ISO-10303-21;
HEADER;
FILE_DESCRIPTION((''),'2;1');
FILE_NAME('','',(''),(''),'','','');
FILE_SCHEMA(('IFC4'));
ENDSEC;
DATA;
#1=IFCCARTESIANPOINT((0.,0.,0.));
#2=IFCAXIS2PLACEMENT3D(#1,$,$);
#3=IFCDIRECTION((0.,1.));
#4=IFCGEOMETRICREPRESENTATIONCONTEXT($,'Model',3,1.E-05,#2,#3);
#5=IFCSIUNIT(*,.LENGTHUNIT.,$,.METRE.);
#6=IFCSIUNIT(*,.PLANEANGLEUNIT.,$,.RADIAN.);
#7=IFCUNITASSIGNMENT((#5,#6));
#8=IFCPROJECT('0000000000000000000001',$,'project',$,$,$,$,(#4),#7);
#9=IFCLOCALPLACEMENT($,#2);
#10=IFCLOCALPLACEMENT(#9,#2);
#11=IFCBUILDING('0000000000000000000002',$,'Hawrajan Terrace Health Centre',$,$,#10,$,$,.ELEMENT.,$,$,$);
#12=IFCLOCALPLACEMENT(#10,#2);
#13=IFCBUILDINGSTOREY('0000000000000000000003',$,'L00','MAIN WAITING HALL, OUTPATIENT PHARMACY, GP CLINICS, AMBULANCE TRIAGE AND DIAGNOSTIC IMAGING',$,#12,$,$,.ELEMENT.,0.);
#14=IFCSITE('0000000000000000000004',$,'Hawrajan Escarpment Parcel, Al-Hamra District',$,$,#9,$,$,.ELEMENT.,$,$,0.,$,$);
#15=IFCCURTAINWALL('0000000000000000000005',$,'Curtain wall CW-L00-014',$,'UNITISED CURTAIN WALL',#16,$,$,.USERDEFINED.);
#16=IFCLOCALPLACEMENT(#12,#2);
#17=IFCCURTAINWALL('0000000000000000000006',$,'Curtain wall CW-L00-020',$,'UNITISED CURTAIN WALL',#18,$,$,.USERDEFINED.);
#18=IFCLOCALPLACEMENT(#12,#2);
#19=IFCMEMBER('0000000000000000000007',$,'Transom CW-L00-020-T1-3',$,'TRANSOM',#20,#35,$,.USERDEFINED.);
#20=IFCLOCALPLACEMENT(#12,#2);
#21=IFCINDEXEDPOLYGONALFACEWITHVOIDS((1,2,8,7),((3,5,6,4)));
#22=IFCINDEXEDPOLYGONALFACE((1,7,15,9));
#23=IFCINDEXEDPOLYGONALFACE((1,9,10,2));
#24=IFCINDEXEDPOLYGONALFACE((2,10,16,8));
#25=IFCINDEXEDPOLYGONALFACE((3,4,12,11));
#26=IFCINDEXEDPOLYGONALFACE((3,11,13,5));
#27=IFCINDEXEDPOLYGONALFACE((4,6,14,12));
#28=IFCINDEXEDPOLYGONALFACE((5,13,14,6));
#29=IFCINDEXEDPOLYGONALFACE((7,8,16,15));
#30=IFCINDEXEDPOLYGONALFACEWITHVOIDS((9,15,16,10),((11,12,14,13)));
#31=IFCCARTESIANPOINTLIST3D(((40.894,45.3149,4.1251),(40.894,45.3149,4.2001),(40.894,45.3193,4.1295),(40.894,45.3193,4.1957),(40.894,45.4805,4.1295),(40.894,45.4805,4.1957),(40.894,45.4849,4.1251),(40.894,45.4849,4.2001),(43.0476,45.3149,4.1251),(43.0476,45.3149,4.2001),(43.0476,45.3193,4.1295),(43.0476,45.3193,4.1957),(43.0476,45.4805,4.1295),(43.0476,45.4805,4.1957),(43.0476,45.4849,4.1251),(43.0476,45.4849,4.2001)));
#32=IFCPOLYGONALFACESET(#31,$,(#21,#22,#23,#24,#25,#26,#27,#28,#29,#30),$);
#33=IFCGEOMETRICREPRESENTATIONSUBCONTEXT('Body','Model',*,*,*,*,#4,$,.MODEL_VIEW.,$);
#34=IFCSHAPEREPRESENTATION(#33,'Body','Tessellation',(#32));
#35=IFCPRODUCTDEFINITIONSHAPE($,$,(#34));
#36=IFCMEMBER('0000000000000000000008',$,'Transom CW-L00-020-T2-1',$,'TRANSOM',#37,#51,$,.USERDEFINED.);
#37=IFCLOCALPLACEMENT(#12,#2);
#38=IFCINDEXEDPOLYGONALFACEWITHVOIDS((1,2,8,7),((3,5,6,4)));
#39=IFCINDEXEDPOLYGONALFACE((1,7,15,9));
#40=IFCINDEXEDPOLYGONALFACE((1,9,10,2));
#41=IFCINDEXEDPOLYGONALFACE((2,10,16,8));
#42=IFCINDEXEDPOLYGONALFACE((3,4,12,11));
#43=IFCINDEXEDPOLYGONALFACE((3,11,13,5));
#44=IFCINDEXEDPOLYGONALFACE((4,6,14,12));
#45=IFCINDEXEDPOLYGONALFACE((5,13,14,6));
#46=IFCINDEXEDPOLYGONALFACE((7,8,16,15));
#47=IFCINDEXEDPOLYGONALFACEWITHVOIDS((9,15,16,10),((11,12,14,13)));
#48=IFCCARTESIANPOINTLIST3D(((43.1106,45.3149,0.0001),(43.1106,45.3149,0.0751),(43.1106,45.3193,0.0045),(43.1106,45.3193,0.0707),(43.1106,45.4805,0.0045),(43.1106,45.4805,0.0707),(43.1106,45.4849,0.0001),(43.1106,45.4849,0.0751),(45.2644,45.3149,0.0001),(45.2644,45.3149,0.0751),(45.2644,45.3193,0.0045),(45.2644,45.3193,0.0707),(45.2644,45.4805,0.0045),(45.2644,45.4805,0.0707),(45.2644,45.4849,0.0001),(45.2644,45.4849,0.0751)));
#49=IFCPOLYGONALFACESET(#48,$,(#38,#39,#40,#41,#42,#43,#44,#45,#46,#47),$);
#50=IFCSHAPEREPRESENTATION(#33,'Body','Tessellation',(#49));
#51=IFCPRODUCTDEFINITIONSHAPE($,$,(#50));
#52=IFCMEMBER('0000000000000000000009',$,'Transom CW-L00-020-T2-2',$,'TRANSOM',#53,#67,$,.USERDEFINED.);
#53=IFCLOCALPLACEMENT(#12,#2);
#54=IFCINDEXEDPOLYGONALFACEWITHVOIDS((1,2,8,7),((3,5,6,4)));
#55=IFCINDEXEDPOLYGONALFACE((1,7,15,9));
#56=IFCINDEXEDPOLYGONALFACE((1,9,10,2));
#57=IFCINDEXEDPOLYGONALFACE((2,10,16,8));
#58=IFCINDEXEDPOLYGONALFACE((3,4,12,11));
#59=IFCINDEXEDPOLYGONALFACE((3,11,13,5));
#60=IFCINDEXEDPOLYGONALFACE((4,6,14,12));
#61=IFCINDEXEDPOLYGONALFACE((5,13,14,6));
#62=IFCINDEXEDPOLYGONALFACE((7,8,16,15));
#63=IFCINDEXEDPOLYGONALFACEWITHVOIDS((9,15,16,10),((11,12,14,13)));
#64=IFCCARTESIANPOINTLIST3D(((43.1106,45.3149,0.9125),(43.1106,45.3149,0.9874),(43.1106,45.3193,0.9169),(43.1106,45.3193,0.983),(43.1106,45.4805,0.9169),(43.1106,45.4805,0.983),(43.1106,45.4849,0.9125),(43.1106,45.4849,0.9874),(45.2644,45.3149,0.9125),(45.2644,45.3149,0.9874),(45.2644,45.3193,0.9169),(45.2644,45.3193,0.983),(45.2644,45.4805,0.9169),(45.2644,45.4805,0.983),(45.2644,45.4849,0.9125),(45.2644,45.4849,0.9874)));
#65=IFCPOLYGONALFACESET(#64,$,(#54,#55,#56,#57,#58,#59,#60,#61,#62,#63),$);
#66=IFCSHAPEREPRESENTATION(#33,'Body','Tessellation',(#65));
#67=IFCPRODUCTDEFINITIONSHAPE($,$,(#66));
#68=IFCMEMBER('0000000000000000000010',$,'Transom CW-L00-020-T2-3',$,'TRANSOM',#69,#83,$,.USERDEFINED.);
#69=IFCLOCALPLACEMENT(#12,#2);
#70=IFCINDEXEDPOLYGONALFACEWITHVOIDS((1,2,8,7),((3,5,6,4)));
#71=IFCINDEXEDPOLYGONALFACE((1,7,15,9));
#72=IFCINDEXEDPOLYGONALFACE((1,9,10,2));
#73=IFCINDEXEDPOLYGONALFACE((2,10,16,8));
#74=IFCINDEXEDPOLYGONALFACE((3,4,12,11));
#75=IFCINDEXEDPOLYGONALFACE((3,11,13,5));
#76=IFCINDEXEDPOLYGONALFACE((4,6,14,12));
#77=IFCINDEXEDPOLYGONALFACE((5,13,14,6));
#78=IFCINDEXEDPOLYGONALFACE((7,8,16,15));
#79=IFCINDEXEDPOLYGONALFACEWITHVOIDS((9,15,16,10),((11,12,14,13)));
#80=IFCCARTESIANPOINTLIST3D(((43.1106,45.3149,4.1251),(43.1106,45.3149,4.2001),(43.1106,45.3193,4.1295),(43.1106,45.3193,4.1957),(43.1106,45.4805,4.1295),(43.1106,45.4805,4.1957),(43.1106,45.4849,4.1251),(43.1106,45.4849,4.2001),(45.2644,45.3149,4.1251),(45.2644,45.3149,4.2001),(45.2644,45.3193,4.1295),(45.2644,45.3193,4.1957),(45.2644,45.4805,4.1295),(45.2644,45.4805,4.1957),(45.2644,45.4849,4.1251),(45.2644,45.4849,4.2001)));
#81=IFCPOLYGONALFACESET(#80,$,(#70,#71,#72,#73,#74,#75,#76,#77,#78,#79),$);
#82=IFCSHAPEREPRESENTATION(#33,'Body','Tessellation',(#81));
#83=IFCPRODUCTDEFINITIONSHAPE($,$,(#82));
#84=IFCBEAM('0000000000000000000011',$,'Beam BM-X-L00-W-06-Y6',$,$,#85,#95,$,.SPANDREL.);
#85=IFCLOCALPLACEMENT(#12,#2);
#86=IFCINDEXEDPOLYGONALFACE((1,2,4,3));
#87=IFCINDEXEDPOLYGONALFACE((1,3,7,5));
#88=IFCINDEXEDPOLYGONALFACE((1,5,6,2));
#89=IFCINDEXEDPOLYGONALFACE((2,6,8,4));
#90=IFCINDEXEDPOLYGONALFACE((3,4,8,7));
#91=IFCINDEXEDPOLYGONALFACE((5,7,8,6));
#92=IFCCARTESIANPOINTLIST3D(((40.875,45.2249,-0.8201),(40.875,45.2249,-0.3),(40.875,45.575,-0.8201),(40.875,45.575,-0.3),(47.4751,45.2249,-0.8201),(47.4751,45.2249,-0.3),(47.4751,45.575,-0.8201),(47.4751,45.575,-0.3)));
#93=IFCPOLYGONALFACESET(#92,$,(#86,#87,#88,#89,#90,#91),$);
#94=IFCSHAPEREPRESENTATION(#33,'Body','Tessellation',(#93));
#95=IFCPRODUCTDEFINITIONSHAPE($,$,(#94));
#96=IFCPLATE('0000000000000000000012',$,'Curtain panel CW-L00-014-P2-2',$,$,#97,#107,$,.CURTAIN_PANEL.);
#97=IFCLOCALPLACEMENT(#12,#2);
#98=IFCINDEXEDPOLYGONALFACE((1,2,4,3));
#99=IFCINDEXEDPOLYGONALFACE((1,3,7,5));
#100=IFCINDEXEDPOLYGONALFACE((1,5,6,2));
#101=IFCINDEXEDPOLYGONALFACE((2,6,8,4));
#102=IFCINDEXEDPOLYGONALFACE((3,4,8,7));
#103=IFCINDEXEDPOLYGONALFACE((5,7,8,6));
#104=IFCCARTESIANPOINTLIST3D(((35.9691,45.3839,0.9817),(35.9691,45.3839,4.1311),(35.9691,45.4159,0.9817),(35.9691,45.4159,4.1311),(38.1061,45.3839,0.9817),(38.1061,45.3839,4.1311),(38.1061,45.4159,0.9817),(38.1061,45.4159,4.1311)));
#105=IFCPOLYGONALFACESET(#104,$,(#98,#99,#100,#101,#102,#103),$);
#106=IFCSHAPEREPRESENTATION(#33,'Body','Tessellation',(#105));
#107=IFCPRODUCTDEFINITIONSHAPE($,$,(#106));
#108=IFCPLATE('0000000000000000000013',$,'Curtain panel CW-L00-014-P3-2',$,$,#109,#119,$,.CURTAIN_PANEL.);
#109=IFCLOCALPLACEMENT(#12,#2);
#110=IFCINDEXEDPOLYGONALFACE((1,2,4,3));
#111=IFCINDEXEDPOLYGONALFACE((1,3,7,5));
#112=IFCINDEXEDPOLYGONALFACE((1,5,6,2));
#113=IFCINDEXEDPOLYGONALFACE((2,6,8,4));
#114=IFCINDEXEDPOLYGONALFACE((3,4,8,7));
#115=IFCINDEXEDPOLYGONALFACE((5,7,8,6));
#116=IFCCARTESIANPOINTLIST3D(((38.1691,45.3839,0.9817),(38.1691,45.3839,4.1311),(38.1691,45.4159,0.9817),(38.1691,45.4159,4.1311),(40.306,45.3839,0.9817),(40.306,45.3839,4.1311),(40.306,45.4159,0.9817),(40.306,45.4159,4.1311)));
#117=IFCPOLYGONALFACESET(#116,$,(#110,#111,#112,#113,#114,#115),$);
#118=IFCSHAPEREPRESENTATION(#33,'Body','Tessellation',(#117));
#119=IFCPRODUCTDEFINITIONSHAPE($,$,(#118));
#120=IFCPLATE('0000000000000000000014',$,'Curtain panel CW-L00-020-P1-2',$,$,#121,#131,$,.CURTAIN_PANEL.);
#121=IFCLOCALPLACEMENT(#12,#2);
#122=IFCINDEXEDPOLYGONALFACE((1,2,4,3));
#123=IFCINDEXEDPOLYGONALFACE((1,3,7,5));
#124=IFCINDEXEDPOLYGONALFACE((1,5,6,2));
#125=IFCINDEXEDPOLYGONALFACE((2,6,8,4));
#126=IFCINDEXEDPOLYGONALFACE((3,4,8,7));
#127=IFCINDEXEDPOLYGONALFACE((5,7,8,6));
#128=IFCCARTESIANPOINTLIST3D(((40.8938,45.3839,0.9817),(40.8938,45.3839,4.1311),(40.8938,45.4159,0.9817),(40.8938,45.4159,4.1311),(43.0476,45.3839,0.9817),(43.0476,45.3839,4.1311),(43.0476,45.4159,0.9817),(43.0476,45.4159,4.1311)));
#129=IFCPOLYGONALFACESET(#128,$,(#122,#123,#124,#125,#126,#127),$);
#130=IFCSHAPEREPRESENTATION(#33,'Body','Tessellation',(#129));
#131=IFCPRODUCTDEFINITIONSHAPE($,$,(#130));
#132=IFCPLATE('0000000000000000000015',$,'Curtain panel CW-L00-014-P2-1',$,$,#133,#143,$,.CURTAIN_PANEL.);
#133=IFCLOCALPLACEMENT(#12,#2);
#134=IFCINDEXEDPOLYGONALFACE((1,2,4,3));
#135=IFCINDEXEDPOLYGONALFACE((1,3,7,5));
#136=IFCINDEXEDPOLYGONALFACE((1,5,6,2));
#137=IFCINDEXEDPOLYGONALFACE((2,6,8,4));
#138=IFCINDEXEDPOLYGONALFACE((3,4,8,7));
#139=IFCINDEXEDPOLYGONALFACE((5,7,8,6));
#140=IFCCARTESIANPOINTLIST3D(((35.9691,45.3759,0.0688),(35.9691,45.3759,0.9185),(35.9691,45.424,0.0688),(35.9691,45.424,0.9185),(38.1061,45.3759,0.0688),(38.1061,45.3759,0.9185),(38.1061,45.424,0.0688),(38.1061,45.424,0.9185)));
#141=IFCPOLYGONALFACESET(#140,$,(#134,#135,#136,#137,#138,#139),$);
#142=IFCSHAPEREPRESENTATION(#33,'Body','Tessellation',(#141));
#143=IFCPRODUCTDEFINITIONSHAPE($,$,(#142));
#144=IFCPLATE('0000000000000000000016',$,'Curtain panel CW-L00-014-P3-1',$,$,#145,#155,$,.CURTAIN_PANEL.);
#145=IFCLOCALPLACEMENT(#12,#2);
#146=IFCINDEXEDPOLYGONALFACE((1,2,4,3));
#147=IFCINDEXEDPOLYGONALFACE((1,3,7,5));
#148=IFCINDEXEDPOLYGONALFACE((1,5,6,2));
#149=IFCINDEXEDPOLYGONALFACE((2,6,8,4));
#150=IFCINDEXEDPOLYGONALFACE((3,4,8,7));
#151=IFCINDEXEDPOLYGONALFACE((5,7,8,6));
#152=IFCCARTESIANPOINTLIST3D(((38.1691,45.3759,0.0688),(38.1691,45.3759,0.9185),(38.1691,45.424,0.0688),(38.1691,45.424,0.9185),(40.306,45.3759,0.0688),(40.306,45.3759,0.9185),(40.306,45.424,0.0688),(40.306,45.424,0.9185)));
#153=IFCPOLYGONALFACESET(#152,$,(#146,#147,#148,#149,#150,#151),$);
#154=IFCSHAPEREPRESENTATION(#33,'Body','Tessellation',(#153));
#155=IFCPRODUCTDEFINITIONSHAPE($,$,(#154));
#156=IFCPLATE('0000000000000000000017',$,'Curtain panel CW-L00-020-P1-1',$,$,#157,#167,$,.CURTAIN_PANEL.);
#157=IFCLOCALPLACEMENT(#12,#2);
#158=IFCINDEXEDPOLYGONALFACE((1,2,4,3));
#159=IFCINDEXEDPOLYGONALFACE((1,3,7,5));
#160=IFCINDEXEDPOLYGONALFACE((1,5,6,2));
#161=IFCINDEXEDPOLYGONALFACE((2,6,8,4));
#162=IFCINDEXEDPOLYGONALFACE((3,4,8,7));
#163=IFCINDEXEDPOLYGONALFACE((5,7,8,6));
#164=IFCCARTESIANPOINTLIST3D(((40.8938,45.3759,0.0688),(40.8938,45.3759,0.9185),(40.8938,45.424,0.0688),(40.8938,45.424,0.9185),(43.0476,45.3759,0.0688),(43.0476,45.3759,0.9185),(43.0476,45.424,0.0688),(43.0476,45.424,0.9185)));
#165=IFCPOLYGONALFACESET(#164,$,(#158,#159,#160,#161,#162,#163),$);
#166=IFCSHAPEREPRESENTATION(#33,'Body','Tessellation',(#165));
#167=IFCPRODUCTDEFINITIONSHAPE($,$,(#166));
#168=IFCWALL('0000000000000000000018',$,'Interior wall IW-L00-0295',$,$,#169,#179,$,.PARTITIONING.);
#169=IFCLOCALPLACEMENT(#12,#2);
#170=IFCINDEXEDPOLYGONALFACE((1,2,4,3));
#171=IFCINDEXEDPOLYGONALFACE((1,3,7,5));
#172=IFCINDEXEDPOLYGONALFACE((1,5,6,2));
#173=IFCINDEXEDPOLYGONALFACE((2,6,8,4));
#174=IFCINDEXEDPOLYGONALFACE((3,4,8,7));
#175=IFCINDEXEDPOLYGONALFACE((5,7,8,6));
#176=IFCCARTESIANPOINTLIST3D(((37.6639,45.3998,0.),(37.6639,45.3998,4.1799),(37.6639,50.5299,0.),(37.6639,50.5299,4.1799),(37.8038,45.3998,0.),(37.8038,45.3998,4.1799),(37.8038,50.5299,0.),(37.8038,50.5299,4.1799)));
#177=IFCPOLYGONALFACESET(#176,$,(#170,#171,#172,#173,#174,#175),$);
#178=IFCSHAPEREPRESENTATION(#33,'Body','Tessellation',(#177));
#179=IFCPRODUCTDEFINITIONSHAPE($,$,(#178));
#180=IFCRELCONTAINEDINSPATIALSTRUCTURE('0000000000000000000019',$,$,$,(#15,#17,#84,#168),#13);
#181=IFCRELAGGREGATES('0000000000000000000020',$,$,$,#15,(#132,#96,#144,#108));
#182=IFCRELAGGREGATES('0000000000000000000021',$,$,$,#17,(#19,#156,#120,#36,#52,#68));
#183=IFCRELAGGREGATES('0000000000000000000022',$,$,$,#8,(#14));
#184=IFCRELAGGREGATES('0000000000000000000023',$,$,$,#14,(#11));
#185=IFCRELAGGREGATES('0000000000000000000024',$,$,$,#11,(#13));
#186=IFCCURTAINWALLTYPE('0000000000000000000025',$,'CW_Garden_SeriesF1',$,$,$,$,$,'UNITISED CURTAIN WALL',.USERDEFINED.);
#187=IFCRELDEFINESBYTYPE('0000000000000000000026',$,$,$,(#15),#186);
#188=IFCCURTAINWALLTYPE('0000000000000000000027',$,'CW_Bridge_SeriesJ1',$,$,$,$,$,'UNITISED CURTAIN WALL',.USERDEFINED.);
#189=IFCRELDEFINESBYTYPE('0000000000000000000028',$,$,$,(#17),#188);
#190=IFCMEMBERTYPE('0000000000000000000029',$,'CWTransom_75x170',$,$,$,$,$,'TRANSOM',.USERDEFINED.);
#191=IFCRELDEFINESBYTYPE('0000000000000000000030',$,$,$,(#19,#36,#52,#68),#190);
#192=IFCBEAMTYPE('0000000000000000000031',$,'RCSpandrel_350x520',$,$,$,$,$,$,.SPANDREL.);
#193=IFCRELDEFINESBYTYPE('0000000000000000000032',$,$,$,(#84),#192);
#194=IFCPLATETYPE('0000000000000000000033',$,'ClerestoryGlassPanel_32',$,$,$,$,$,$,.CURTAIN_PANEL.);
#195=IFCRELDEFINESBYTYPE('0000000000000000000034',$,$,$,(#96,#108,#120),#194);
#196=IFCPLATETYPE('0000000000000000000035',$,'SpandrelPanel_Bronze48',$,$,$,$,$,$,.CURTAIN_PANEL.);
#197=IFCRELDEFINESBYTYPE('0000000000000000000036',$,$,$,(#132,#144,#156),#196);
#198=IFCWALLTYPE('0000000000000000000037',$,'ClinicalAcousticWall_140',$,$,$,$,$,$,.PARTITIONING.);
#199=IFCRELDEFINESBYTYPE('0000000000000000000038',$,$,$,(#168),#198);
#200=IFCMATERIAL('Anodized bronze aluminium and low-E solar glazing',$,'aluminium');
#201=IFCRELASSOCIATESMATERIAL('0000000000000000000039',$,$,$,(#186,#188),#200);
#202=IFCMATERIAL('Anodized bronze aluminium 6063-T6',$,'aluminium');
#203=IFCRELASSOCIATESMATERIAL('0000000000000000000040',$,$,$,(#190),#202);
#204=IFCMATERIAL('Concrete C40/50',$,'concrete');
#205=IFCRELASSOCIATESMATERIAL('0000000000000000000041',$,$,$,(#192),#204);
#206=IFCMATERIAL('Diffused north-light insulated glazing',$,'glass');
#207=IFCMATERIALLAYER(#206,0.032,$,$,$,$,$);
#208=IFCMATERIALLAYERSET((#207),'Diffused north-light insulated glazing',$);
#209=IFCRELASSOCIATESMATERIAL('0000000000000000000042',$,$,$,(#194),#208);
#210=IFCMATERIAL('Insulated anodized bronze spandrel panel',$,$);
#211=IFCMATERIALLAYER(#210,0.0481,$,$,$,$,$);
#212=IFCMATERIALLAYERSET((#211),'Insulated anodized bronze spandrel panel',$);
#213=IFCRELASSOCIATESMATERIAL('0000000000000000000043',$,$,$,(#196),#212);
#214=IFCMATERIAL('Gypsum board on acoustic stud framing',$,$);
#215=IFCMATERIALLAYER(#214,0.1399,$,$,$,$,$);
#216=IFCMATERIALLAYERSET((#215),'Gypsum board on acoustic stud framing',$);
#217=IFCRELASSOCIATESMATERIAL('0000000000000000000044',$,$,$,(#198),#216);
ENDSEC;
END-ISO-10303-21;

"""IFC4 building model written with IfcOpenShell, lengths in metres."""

from ifc_helpers import new_model, si_unit, direction, frame, frame_2d, origin, origin_2d, place, context, subcontext, project, spatial, rectangle, hollow_rectangle, extrude, material, layer, layer_set, material_profile, profile_set, type_object, element, aggregate, save


model = new_model("IFC4")

# Units and contexts
model_context = context("Model", 3, precision=1e-05, world=origin(), true_north=direction((0.0, 1.0)))
body_context = subcontext(model_context, "Body", "Model", "MODEL_VIEW")
ifc_project = project(units=[si_unit("LENGTHUNIT", "METRE"), si_unit("PLANEANGLEUNIT", "RADIAN")], contexts=[model_context])

# Site, building, storey
site_placement = place(None, origin())
site = spatial("IfcSite", under=ifc_project, at=site_placement, Name="Hawrajan Escarpment Parcel, Al-Hamra District", CompositionType="ELEMENT", RefElevation=0.0)
building_placement = place(site_placement, origin())
building = spatial("IfcBuilding", under=site, at=building_placement, Name="Hawrajan Terrace Health Centre", CompositionType="ELEMENT")
storey_placement = place(building_placement, origin())
storey = spatial("IfcBuildingStorey", under=building, at=storey_placement, Name="L00", Description="MAIN WAITING HALL, OUTPATIENT PHARMACY, GP CLINICS, AMBULANCE TRIAGE AND DIAGNOSTIC IMAGING", CompositionType="ELEMENT", Elevation=0.0)

# Shared definitions
ifc_material_1 = material(Name="Concrete C40/50", Category="concrete")

# Curtain walls
ifc_material_2 = material(Name="Anodized bronze aluminium and low-E solar glazing", Category="aluminium")
curtain_wall_type_1 = type_object("IfcCurtainWallType", Name="CW_Garden_SeriesF1", ElementType="UNITISED CURTAIN WALL", PredefinedType="USERDEFINED", material=ifc_material_2)
curtain_wall_1_placement = place(storey_placement, origin())
curtain_wall_1 = element("IfcCurtainWall", 1, at=curtain_wall_1_placement, inside=storey, type_object=curtain_wall_type_1, Name="Curtain wall CW-L00-014", ObjectType="UNITISED CURTAIN WALL", PredefinedType="USERDEFINED")
ifc_material_3 = material(Name="Anodized bronze aluminium 6063-T6", Category="aluminium")
curtain_wall_type_2 = type_object("IfcCurtainWallType", Name="CW_Bridge_SeriesJ1", ElementType="UNITISED CURTAIN WALL", PredefinedType="USERDEFINED", material=ifc_material_2)
curtain_wall_2_placement = place(storey_placement, origin())
curtain_wall_2 = element("IfcCurtainWall", 2, at=curtain_wall_2_placement, inside=storey, type_object=curtain_wall_type_2, Name="Curtain wall CW-L00-020", ObjectType="UNITISED CURTAIN WALL", PredefinedType="USERDEFINED")

# Members
ifc_material_profile_1 = material_profile(ifc_material_3, hollow_rectangle(XDim=0.075, YDim=0.1699, WallThickness=0.0044, at=origin_2d()), Name="CW TRN 75x170")
ifc_profile_set_1 = profile_set([ifc_material_profile_1], Name="Anodized bronze aluminium 6063-T6")
member_type_1 = type_object("IfcMemberType", Name="CWTransom_75x170", ElementType="TRANSOM", PredefinedType="USERDEFINED", material=ifc_profile_set_1)
member_1_placement = place(storey_placement, frame((40.894, 45.3999, 4.1626), z_axis=(1.0, 0.0, 0.0), x_axis=(0.0, 0.0, 1.0)))
member_1 = element("IfcMember", 3, at=member_1_placement, type_object=member_type_1, Name="Transom CW-L00-020-T1-3", ObjectType="TRANSOM", PredefinedType="USERDEFINED", context=body_context, shape_type="SweptSolid", body=[
    extrude(hollow_rectangle(XDim=0.075, YDim=0.1699, WallThickness=0.0044, at=origin_2d()), origin(), (0.0, 0.0, 1.0), 2.1536),
])
member_2_placement = place(storey_placement, frame((43.1106, 45.3999, 0.0376), z_axis=(1.0, 0.0, 0.0), x_axis=(0.0, 0.0, 1.0)))
member_2 = element("IfcMember", 4, at=member_2_placement, type_object=member_type_1, Name="Transom CW-L00-020-T2-1", ObjectType="TRANSOM", PredefinedType="USERDEFINED", context=body_context, shape_type="SweptSolid", body=[
    extrude(hollow_rectangle(XDim=0.075, YDim=0.1699, WallThickness=0.0044, at=origin_2d()), origin(), (0.0, 0.0, 1.0), 2.1538),
])
member_3_placement = place(storey_placement, frame((43.1106, 45.3999, 0.95), z_axis=(1.0, 0.0, 0.0), x_axis=(0.0, 0.0, 1.0)))
member_3 = element("IfcMember", 5, at=member_3_placement, type_object=member_type_1, Name="Transom CW-L00-020-T2-2", ObjectType="TRANSOM", PredefinedType="USERDEFINED", context=body_context, shape_type="SweptSolid", body=[
    extrude(hollow_rectangle(XDim=0.075, YDim=0.1699, WallThickness=0.0044, at=origin_2d()), origin(), (0.0, 0.0, 1.0), 2.1538),
])
member_4_placement = place(storey_placement, frame((43.1106, 45.3999, 4.1626), z_axis=(1.0, 0.0, 0.0), x_axis=(0.0, 0.0, 1.0)))
member_4 = element("IfcMember", 6, at=member_4_placement, type_object=member_type_1, Name="Transom CW-L00-020-T2-3", ObjectType="TRANSOM", PredefinedType="USERDEFINED", context=body_context, shape_type="SweptSolid", body=[
    extrude(hollow_rectangle(XDim=0.075, YDim=0.1699, WallThickness=0.0044, at=origin_2d()), origin(), (0.0, 0.0, 1.0), 2.1538),
])

# Beam
ifc_material_profile_2 = material_profile(ifc_material_1, rectangle(XDim=0.3501, YDim=0.52, at=origin_2d()), Name="RC SP 350x520")
ifc_profile_set_2 = profile_set([ifc_material_profile_2], Name="Concrete C40/50")
beam_type = type_object("IfcBeamType", Name="RCSpandrel_350x520", PredefinedType="SPANDREL", material=ifc_profile_set_2)
beam_placement = place(storey_placement, frame((40.875, 45.3999, -0.5601), z_axis=(1.0, 0.0, 0.0), x_axis=(0.0, 1.0, 0.0)))
element("IfcBeam", 7, at=beam_placement, inside=storey, type_object=beam_type, Name="Beam BM-X-L00-W-06-Y6", PredefinedType="SPANDREL", context=body_context, shape_type="SweptSolid", body=[
    extrude(rectangle(XDim=0.3501, YDim=0.52, at=origin_2d()), origin(), (0.0, 0.0, 1.0), 6.6001),
])

# Plates
ifc_material_4 = material(Name="Diffused north-light insulated glazing", Category="glass")
ifc_layer_1 = layer(ifc_material_4, 0.032)
ifc_layer_set_1 = layer_set([ifc_layer_1], Name="Diffused north-light insulated glazing")
plate_type_1 = type_object("IfcPlateType", Name="ClerestoryGlassPanel_32", PredefinedType="CURTAIN_PANEL", material=ifc_layer_set_1)
plate_1_placement = place(storey_placement, frame((37.0376, 45.3999, 0.9817), z_axis=(0.0, 0.0, 1.0), x_axis=(1.0, 0.0, 0.0)))
plate_1 = element("IfcPlate", 8, at=plate_1_placement, type_object=plate_type_1, Name="Curtain panel CW-L00-014-P2-2", PredefinedType="CURTAIN_PANEL", context=body_context, shape_type="SweptSolid", body=[
    extrude(rectangle(XDim=2.137, YDim=0.032, at=origin_2d()), origin(), (0.0, 0.0, 1.0), 3.1494),
])
plate_2_placement = place(storey_placement, frame((39.2375, 45.3999, 0.9817), z_axis=(0.0, 0.0, 1.0), x_axis=(1.0, 0.0, 0.0)))
plate_2 = element("IfcPlate", 9, at=plate_2_placement, type_object=plate_type_1, Name="Curtain panel CW-L00-014-P3-2", PredefinedType="CURTAIN_PANEL", context=body_context, shape_type="SweptSolid", body=[
    extrude(rectangle(XDim=2.137, YDim=0.032, at=origin_2d()), origin(), (0.0, 0.0, 1.0), 3.1494),
])
plate_3_placement = place(storey_placement, frame((41.9707, 45.3999, 0.9817), z_axis=(0.0, 0.0, 1.0), x_axis=(1.0, 0.0, 0.0)))
plate_3 = element("IfcPlate", 10, at=plate_3_placement, type_object=plate_type_1, Name="Curtain panel CW-L00-020-P1-2", PredefinedType="CURTAIN_PANEL", context=body_context, shape_type="SweptSolid", body=[
    extrude(rectangle(XDim=2.1538, YDim=0.032, at=origin_2d()), origin(), (0.0, 0.0, 1.0), 3.1494),
])
ifc_material_5 = material(Name="Insulated anodized bronze spandrel panel")
ifc_layer_2 = layer(ifc_material_5, 0.0481)
ifc_layer_set_2 = layer_set([ifc_layer_2], Name="Insulated anodized bronze spandrel panel")
plate_type_2 = type_object("IfcPlateType", Name="SpandrelPanel_Bronze48", PredefinedType="CURTAIN_PANEL", material=ifc_layer_set_2)
plate_4_placement = place(storey_placement, frame((37.0376, 45.3999, 0.0688), z_axis=(0.0, 0.0, 1.0), x_axis=(1.0, 0.0, 0.0)))
plate_4 = element("IfcPlate", 11, at=plate_4_placement, type_object=plate_type_2, Name="Curtain panel CW-L00-014-P2-1", PredefinedType="CURTAIN_PANEL", context=body_context, shape_type="SweptSolid", body=[
    extrude(rectangle(XDim=2.137, YDim=0.0481, at=origin_2d()), origin(), (0.0, 0.0, 1.0), 0.8496),
])
plate_5_placement = place(storey_placement, frame((39.2375, 45.3999, 0.0688), z_axis=(0.0, 0.0, 1.0), x_axis=(1.0, 0.0, 0.0)))
plate_5 = element("IfcPlate", 12, at=plate_5_placement, type_object=plate_type_2, Name="Curtain panel CW-L00-014-P3-1", PredefinedType="CURTAIN_PANEL", context=body_context, shape_type="SweptSolid", body=[
    extrude(rectangle(XDim=2.137, YDim=0.0481, at=origin_2d()), origin(), (0.0, 0.0, 1.0), 0.8496),
])
aggregate(curtain_wall_1, [plate_4, plate_1, plate_5, plate_2])
plate_6_placement = place(storey_placement, frame((41.9707, 45.3999, 0.0688), z_axis=(0.0, 0.0, 1.0), x_axis=(1.0, 0.0, 0.0)))
plate_6 = element("IfcPlate", 13, at=plate_6_placement, type_object=plate_type_2, Name="Curtain panel CW-L00-020-P1-1", PredefinedType="CURTAIN_PANEL", context=body_context, shape_type="SweptSolid", body=[
    extrude(rectangle(XDim=2.1538, YDim=0.0481, at=origin_2d()), origin(), (0.0, 0.0, 1.0), 0.8496),
])
aggregate(curtain_wall_2, [member_1, plate_6, plate_3, member_2, member_3, member_4])

# Wall
ifc_material_6 = material(Name="Gypsum board on acoustic stud framing")
ifc_layer_3 = layer(ifc_material_6, 0.1399)
ifc_layer_set_3 = layer_set([ifc_layer_3], Name="Gypsum board on acoustic stud framing")
wall_type = type_object("IfcWallType", Name="ClinicalAcousticWall_140", PredefinedType="PARTITIONING", material=ifc_layer_set_3)
wall_placement = place(storey_placement, frame((37.7339, 45.3999, 0.0), z_axis=(0.0, 0.0, 1.0), x_axis=(0.0, 1.0, 0.0)))
element("IfcWall", 14, at=wall_placement, inside=storey, type_object=wall_type, Name="Interior wall IW-L00-0295", PredefinedType="PARTITIONING", context=body_context, shape_type="SweptSolid", body=[
    extrude(rectangle(XDim=5.1301, YDim=0.1399, at=frame_2d((2.5649, 0.0))), origin(), (0.0, 0.0, 1.0), 4.1799),
])

save(model, "model.ifc")
